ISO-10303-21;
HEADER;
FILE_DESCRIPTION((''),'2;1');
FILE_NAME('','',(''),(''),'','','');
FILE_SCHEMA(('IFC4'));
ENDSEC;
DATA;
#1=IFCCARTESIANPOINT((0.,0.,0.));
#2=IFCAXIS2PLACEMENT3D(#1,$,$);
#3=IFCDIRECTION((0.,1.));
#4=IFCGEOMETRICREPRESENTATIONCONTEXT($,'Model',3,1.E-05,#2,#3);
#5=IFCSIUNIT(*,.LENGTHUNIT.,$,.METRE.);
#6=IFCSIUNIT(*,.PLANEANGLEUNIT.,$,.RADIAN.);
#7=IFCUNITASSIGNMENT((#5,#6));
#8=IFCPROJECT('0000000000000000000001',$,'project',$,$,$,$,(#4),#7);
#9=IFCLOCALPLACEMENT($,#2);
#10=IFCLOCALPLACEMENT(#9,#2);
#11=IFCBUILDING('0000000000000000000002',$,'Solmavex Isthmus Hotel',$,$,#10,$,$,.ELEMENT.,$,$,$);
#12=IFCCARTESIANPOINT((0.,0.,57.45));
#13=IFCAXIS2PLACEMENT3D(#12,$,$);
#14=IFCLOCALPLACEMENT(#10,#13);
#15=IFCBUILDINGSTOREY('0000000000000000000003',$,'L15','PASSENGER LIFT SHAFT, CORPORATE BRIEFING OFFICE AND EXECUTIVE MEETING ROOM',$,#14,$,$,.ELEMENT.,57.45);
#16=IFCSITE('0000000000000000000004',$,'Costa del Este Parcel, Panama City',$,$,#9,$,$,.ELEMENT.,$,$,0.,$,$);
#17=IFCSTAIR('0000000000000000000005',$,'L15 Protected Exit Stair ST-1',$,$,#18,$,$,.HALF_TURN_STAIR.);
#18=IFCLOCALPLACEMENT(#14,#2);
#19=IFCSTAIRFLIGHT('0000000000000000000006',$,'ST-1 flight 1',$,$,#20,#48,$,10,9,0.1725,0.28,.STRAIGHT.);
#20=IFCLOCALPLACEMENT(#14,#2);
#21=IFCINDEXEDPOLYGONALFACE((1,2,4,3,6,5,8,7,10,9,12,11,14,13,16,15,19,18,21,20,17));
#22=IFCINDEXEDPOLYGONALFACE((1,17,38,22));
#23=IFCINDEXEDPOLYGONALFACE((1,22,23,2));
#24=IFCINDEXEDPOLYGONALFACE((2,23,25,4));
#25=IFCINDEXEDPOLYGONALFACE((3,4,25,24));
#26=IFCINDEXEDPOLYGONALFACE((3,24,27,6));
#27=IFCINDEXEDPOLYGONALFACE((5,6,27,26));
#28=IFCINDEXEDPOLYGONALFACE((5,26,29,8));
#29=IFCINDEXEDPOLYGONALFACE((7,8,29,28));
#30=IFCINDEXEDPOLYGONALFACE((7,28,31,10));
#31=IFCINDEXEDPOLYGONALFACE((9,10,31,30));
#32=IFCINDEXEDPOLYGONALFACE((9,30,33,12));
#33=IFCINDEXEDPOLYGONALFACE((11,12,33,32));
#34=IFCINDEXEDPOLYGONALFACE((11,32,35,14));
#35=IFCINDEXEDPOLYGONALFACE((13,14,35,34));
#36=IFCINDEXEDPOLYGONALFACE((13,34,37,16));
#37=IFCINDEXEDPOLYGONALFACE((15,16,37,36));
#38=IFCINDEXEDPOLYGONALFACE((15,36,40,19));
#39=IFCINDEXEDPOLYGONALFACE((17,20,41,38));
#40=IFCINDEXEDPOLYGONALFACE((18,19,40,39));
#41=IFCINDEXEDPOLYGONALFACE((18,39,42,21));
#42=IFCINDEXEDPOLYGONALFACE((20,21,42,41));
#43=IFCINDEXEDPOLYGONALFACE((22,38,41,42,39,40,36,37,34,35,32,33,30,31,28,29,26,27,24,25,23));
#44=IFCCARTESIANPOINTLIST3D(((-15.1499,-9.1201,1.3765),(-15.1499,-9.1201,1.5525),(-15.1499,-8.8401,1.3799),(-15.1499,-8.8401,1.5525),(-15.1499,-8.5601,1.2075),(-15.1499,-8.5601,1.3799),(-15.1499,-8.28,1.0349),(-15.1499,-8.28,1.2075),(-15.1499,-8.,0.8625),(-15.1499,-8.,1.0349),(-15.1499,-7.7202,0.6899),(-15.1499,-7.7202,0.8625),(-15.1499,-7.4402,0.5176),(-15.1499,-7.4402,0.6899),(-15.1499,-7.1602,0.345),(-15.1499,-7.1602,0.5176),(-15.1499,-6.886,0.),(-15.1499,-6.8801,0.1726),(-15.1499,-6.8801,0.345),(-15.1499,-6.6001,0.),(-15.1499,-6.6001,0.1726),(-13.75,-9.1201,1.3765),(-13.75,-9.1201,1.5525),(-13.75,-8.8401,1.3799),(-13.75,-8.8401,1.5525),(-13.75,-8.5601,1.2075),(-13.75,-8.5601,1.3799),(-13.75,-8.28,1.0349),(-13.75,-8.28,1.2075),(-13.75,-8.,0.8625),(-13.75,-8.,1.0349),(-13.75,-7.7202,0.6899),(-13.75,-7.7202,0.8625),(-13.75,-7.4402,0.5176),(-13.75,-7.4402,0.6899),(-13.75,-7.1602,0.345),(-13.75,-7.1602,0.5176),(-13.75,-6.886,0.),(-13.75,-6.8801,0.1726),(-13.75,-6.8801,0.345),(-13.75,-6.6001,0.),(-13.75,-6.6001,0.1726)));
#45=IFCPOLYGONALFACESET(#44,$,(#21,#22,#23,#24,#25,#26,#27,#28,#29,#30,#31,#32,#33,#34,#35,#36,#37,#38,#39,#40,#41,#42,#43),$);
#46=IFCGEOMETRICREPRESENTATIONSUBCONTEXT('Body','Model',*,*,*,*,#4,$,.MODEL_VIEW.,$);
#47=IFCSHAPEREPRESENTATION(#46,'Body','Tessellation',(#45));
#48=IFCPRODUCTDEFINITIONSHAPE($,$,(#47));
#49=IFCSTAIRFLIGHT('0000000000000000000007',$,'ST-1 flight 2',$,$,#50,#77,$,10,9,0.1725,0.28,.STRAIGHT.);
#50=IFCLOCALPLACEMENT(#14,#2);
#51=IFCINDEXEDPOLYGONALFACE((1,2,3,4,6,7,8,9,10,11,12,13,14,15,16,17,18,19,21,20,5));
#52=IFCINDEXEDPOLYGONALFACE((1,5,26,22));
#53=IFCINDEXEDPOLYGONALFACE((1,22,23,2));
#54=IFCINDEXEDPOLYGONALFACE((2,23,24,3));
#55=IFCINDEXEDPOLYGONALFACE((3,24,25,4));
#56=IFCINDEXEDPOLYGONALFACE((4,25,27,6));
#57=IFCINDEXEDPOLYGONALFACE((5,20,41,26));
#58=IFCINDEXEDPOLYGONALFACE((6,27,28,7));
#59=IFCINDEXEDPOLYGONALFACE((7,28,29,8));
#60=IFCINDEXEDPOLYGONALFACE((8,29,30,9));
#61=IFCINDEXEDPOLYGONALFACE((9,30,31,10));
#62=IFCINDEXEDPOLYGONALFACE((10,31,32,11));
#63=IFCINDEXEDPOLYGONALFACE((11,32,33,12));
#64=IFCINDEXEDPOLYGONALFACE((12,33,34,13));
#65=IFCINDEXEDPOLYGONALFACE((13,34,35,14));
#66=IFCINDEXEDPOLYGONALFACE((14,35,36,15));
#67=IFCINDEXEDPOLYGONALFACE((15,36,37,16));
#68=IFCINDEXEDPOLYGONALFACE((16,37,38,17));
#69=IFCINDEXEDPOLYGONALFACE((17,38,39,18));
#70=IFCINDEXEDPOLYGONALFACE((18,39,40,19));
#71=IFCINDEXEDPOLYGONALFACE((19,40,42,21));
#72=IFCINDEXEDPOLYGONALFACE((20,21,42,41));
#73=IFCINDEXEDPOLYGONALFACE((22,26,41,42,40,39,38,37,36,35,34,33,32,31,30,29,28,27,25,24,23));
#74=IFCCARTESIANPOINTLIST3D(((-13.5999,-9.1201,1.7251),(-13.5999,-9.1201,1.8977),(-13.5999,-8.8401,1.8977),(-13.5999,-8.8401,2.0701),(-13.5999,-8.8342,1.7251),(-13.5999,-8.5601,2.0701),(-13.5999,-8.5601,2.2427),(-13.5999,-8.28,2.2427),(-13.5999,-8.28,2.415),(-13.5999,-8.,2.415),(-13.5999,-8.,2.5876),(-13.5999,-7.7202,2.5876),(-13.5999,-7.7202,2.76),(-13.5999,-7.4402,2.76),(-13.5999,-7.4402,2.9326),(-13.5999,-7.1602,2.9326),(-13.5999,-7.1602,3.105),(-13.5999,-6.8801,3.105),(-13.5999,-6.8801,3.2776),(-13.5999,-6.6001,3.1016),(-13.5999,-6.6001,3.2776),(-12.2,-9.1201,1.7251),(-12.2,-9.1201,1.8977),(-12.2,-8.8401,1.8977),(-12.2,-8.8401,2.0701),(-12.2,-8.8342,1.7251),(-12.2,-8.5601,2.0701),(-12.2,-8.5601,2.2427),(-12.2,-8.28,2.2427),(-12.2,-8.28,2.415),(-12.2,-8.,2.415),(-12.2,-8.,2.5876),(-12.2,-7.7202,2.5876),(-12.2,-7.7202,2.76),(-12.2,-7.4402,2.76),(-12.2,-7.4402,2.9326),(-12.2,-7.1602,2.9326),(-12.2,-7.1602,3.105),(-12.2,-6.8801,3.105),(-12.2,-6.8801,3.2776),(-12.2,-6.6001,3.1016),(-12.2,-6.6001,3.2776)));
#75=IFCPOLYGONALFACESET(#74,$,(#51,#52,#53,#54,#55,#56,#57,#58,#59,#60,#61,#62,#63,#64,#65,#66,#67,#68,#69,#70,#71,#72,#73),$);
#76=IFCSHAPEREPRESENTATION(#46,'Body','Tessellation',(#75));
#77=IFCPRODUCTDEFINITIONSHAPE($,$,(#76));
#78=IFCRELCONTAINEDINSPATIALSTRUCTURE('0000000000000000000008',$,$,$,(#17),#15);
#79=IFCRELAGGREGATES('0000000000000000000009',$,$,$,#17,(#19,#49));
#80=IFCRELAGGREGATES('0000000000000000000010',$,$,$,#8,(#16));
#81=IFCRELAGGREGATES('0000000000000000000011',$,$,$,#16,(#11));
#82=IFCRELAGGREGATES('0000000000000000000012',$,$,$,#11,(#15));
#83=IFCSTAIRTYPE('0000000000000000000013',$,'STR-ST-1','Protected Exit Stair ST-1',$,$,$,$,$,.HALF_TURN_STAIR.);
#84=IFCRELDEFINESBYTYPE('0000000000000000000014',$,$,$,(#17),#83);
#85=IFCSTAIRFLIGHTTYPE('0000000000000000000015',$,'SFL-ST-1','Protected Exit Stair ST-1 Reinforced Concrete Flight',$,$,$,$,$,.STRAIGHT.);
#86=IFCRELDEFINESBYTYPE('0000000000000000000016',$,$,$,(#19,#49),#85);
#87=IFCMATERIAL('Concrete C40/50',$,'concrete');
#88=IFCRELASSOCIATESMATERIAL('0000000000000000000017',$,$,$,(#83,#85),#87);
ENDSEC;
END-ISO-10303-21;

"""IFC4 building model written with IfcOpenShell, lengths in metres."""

from ifc_helpers import new_model, si_unit, direction, frame, origin, place, context, subcontext, project, spatial, polyline, outline, extrude, material, type_object, element, aggregate, save


model = new_model("IFC4")

# Units and contexts
model_context = context("Model", 3, precision=1e-05, world=origin(), true_north=direction((0.0, 1.0)))
body_context = subcontext(model_context, "Body", "Model", "MODEL_VIEW")
ifc_project = project(units=[si_unit("LENGTHUNIT", "METRE"), si_unit("PLANEANGLEUNIT", "RADIAN")], contexts=[model_context])

# Site, building, storey
site_placement = place(None, origin())
site = spatial("IfcSite", under=ifc_project, at=site_placement, Name="Costa del Este Parcel, Panama City", CompositionType="ELEMENT", RefElevation=0.0)
building_placement = place(site_placement, origin())
building = spatial("IfcBuilding", under=site, at=building_placement, Name="Solmavex Isthmus Hotel", CompositionType="ELEMENT")
storey_placement = place(building_placement, frame((0.0, 0.0, 57.45)))
storey = spatial("IfcBuildingStorey", under=building, at=storey_placement, Name="L15", Description="PASSENGER LIFT SHAFT, CORPORATE BRIEFING OFFICE AND EXECUTIVE MEETING ROOM", CompositionType="ELEMENT", Elevation=57.45)

# Shared definitions
ifc_material_1 = material(Name="Concrete C40/50", Category="concrete")

# Stair, stair flights
stair_type = type_object("IfcStairType", Name="STR-ST-1", Description="Protected Exit Stair ST-1", PredefinedType="HALF_TURN_STAIR", material=ifc_material_1)
stair_placement = place(storey_placement, origin())
stair = element("IfcStair", 1, at=stair_placement, inside=storey, type_object=stair_type, Name="L15 Protected Exit Stair ST-1", PredefinedType="HALF_TURN_STAIR")
stair_flight_type = type_object("IfcStairFlightType", Name="SFL-ST-1", Description="Protected Exit Stair ST-1 Reinforced Concrete Flight", PredefinedType="STRAIGHT", material=ifc_material_1)
stair_flight_1_placement = place(storey_placement, frame((-14.45, -6.6001, 0.0), z_axis=(0.0, 0.0, 1.0), x_axis=(0.0, -1.0, 0.0)))
stair_flight_1 = element("IfcStairFlight", 2, at=stair_flight_1_placement, type_object=stair_flight_type, Name="ST-1 flight 1", NumberOfRisers=10, NumberOfTreads=9, PredefinedType="STRAIGHT", RiserHeight=0.1725, TreadLength=0.28, context=body_context, shape_type="SweptSolid", body=[
    extrude(outline(polyline([(0.0, 0.0), (0.0, 0.1726), (0.28, 0.1726), (0.28, 0.345), (0.5601, 0.345), (0.5601, 0.5176), (0.8401, 0.5176), (0.8401, 0.6899), (1.1201, 0.6899), (1.1201, 0.8625), (1.3999, 0.8625), (1.3999, 1.0349), (1.6799, 1.0349), (1.6799, 1.2075), (1.96, 1.2075), (1.96, 1.3799), (2.24, 1.3799), (2.24, 1.5525), (2.52, 1.5525), (2.52, 1.7251), (2.52, 1.3765), (0.2859, 0.0), (0.0, 0.0)])), frame((0.0, 0.7, 0.0), z_axis=(0.0, -1.0, 0.0), x_axis=(1.0, 0.0, 0.0)), (0.0, 0.0, 1.0), 1.3999),
])
stair_flight_2_placement = place(storey_placement, frame((-12.8999, -9.1201, 1.7251), z_axis=(0.0, 0.0, 1.0), x_axis=(0.0, 1.0, 0.0)))
stair_flight_2 = element("IfcStairFlight", 3, at=stair_flight_2_placement, type_object=stair_flight_type, Name="ST-1 flight 2", NumberOfRisers=10, NumberOfTreads=9, PredefinedType="STRAIGHT", RiserHeight=0.1725, TreadLength=0.28, context=body_context, shape_type="SweptSolid", body=[
    extrude(outline(polyline([(0.0, 0.0), (0.0, 0.1726), (0.28, 0.1726), (0.28, 0.345), (0.5601, 0.345), (0.5601, 0.5176), (0.8401, 0.5176), (0.8401, 0.6899), (1.1201, 0.6899), (1.1201, 0.8625), (1.3999, 0.8625), (1.3999, 1.0349), (1.6799, 1.0349), (1.6799, 1.2075), (1.96, 1.2075), (1.96, 1.3799), (2.24, 1.3799), (2.24, 1.5525), (2.52, 1.5525), (2.52, 1.7251), (2.52, 1.3765), (0.2859, 0.0), (0.0, 0.0)])), frame((0.0, 0.7, 0.0), z_axis=(0.0, -1.0, 0.0), x_axis=(1.0, 0.0, 0.0)), (0.0, 0.0, 1.0), 1.3999),
])
aggregate(stair, [stair_flight_1, stair_flight_2])

save(model, "model.ifc")
